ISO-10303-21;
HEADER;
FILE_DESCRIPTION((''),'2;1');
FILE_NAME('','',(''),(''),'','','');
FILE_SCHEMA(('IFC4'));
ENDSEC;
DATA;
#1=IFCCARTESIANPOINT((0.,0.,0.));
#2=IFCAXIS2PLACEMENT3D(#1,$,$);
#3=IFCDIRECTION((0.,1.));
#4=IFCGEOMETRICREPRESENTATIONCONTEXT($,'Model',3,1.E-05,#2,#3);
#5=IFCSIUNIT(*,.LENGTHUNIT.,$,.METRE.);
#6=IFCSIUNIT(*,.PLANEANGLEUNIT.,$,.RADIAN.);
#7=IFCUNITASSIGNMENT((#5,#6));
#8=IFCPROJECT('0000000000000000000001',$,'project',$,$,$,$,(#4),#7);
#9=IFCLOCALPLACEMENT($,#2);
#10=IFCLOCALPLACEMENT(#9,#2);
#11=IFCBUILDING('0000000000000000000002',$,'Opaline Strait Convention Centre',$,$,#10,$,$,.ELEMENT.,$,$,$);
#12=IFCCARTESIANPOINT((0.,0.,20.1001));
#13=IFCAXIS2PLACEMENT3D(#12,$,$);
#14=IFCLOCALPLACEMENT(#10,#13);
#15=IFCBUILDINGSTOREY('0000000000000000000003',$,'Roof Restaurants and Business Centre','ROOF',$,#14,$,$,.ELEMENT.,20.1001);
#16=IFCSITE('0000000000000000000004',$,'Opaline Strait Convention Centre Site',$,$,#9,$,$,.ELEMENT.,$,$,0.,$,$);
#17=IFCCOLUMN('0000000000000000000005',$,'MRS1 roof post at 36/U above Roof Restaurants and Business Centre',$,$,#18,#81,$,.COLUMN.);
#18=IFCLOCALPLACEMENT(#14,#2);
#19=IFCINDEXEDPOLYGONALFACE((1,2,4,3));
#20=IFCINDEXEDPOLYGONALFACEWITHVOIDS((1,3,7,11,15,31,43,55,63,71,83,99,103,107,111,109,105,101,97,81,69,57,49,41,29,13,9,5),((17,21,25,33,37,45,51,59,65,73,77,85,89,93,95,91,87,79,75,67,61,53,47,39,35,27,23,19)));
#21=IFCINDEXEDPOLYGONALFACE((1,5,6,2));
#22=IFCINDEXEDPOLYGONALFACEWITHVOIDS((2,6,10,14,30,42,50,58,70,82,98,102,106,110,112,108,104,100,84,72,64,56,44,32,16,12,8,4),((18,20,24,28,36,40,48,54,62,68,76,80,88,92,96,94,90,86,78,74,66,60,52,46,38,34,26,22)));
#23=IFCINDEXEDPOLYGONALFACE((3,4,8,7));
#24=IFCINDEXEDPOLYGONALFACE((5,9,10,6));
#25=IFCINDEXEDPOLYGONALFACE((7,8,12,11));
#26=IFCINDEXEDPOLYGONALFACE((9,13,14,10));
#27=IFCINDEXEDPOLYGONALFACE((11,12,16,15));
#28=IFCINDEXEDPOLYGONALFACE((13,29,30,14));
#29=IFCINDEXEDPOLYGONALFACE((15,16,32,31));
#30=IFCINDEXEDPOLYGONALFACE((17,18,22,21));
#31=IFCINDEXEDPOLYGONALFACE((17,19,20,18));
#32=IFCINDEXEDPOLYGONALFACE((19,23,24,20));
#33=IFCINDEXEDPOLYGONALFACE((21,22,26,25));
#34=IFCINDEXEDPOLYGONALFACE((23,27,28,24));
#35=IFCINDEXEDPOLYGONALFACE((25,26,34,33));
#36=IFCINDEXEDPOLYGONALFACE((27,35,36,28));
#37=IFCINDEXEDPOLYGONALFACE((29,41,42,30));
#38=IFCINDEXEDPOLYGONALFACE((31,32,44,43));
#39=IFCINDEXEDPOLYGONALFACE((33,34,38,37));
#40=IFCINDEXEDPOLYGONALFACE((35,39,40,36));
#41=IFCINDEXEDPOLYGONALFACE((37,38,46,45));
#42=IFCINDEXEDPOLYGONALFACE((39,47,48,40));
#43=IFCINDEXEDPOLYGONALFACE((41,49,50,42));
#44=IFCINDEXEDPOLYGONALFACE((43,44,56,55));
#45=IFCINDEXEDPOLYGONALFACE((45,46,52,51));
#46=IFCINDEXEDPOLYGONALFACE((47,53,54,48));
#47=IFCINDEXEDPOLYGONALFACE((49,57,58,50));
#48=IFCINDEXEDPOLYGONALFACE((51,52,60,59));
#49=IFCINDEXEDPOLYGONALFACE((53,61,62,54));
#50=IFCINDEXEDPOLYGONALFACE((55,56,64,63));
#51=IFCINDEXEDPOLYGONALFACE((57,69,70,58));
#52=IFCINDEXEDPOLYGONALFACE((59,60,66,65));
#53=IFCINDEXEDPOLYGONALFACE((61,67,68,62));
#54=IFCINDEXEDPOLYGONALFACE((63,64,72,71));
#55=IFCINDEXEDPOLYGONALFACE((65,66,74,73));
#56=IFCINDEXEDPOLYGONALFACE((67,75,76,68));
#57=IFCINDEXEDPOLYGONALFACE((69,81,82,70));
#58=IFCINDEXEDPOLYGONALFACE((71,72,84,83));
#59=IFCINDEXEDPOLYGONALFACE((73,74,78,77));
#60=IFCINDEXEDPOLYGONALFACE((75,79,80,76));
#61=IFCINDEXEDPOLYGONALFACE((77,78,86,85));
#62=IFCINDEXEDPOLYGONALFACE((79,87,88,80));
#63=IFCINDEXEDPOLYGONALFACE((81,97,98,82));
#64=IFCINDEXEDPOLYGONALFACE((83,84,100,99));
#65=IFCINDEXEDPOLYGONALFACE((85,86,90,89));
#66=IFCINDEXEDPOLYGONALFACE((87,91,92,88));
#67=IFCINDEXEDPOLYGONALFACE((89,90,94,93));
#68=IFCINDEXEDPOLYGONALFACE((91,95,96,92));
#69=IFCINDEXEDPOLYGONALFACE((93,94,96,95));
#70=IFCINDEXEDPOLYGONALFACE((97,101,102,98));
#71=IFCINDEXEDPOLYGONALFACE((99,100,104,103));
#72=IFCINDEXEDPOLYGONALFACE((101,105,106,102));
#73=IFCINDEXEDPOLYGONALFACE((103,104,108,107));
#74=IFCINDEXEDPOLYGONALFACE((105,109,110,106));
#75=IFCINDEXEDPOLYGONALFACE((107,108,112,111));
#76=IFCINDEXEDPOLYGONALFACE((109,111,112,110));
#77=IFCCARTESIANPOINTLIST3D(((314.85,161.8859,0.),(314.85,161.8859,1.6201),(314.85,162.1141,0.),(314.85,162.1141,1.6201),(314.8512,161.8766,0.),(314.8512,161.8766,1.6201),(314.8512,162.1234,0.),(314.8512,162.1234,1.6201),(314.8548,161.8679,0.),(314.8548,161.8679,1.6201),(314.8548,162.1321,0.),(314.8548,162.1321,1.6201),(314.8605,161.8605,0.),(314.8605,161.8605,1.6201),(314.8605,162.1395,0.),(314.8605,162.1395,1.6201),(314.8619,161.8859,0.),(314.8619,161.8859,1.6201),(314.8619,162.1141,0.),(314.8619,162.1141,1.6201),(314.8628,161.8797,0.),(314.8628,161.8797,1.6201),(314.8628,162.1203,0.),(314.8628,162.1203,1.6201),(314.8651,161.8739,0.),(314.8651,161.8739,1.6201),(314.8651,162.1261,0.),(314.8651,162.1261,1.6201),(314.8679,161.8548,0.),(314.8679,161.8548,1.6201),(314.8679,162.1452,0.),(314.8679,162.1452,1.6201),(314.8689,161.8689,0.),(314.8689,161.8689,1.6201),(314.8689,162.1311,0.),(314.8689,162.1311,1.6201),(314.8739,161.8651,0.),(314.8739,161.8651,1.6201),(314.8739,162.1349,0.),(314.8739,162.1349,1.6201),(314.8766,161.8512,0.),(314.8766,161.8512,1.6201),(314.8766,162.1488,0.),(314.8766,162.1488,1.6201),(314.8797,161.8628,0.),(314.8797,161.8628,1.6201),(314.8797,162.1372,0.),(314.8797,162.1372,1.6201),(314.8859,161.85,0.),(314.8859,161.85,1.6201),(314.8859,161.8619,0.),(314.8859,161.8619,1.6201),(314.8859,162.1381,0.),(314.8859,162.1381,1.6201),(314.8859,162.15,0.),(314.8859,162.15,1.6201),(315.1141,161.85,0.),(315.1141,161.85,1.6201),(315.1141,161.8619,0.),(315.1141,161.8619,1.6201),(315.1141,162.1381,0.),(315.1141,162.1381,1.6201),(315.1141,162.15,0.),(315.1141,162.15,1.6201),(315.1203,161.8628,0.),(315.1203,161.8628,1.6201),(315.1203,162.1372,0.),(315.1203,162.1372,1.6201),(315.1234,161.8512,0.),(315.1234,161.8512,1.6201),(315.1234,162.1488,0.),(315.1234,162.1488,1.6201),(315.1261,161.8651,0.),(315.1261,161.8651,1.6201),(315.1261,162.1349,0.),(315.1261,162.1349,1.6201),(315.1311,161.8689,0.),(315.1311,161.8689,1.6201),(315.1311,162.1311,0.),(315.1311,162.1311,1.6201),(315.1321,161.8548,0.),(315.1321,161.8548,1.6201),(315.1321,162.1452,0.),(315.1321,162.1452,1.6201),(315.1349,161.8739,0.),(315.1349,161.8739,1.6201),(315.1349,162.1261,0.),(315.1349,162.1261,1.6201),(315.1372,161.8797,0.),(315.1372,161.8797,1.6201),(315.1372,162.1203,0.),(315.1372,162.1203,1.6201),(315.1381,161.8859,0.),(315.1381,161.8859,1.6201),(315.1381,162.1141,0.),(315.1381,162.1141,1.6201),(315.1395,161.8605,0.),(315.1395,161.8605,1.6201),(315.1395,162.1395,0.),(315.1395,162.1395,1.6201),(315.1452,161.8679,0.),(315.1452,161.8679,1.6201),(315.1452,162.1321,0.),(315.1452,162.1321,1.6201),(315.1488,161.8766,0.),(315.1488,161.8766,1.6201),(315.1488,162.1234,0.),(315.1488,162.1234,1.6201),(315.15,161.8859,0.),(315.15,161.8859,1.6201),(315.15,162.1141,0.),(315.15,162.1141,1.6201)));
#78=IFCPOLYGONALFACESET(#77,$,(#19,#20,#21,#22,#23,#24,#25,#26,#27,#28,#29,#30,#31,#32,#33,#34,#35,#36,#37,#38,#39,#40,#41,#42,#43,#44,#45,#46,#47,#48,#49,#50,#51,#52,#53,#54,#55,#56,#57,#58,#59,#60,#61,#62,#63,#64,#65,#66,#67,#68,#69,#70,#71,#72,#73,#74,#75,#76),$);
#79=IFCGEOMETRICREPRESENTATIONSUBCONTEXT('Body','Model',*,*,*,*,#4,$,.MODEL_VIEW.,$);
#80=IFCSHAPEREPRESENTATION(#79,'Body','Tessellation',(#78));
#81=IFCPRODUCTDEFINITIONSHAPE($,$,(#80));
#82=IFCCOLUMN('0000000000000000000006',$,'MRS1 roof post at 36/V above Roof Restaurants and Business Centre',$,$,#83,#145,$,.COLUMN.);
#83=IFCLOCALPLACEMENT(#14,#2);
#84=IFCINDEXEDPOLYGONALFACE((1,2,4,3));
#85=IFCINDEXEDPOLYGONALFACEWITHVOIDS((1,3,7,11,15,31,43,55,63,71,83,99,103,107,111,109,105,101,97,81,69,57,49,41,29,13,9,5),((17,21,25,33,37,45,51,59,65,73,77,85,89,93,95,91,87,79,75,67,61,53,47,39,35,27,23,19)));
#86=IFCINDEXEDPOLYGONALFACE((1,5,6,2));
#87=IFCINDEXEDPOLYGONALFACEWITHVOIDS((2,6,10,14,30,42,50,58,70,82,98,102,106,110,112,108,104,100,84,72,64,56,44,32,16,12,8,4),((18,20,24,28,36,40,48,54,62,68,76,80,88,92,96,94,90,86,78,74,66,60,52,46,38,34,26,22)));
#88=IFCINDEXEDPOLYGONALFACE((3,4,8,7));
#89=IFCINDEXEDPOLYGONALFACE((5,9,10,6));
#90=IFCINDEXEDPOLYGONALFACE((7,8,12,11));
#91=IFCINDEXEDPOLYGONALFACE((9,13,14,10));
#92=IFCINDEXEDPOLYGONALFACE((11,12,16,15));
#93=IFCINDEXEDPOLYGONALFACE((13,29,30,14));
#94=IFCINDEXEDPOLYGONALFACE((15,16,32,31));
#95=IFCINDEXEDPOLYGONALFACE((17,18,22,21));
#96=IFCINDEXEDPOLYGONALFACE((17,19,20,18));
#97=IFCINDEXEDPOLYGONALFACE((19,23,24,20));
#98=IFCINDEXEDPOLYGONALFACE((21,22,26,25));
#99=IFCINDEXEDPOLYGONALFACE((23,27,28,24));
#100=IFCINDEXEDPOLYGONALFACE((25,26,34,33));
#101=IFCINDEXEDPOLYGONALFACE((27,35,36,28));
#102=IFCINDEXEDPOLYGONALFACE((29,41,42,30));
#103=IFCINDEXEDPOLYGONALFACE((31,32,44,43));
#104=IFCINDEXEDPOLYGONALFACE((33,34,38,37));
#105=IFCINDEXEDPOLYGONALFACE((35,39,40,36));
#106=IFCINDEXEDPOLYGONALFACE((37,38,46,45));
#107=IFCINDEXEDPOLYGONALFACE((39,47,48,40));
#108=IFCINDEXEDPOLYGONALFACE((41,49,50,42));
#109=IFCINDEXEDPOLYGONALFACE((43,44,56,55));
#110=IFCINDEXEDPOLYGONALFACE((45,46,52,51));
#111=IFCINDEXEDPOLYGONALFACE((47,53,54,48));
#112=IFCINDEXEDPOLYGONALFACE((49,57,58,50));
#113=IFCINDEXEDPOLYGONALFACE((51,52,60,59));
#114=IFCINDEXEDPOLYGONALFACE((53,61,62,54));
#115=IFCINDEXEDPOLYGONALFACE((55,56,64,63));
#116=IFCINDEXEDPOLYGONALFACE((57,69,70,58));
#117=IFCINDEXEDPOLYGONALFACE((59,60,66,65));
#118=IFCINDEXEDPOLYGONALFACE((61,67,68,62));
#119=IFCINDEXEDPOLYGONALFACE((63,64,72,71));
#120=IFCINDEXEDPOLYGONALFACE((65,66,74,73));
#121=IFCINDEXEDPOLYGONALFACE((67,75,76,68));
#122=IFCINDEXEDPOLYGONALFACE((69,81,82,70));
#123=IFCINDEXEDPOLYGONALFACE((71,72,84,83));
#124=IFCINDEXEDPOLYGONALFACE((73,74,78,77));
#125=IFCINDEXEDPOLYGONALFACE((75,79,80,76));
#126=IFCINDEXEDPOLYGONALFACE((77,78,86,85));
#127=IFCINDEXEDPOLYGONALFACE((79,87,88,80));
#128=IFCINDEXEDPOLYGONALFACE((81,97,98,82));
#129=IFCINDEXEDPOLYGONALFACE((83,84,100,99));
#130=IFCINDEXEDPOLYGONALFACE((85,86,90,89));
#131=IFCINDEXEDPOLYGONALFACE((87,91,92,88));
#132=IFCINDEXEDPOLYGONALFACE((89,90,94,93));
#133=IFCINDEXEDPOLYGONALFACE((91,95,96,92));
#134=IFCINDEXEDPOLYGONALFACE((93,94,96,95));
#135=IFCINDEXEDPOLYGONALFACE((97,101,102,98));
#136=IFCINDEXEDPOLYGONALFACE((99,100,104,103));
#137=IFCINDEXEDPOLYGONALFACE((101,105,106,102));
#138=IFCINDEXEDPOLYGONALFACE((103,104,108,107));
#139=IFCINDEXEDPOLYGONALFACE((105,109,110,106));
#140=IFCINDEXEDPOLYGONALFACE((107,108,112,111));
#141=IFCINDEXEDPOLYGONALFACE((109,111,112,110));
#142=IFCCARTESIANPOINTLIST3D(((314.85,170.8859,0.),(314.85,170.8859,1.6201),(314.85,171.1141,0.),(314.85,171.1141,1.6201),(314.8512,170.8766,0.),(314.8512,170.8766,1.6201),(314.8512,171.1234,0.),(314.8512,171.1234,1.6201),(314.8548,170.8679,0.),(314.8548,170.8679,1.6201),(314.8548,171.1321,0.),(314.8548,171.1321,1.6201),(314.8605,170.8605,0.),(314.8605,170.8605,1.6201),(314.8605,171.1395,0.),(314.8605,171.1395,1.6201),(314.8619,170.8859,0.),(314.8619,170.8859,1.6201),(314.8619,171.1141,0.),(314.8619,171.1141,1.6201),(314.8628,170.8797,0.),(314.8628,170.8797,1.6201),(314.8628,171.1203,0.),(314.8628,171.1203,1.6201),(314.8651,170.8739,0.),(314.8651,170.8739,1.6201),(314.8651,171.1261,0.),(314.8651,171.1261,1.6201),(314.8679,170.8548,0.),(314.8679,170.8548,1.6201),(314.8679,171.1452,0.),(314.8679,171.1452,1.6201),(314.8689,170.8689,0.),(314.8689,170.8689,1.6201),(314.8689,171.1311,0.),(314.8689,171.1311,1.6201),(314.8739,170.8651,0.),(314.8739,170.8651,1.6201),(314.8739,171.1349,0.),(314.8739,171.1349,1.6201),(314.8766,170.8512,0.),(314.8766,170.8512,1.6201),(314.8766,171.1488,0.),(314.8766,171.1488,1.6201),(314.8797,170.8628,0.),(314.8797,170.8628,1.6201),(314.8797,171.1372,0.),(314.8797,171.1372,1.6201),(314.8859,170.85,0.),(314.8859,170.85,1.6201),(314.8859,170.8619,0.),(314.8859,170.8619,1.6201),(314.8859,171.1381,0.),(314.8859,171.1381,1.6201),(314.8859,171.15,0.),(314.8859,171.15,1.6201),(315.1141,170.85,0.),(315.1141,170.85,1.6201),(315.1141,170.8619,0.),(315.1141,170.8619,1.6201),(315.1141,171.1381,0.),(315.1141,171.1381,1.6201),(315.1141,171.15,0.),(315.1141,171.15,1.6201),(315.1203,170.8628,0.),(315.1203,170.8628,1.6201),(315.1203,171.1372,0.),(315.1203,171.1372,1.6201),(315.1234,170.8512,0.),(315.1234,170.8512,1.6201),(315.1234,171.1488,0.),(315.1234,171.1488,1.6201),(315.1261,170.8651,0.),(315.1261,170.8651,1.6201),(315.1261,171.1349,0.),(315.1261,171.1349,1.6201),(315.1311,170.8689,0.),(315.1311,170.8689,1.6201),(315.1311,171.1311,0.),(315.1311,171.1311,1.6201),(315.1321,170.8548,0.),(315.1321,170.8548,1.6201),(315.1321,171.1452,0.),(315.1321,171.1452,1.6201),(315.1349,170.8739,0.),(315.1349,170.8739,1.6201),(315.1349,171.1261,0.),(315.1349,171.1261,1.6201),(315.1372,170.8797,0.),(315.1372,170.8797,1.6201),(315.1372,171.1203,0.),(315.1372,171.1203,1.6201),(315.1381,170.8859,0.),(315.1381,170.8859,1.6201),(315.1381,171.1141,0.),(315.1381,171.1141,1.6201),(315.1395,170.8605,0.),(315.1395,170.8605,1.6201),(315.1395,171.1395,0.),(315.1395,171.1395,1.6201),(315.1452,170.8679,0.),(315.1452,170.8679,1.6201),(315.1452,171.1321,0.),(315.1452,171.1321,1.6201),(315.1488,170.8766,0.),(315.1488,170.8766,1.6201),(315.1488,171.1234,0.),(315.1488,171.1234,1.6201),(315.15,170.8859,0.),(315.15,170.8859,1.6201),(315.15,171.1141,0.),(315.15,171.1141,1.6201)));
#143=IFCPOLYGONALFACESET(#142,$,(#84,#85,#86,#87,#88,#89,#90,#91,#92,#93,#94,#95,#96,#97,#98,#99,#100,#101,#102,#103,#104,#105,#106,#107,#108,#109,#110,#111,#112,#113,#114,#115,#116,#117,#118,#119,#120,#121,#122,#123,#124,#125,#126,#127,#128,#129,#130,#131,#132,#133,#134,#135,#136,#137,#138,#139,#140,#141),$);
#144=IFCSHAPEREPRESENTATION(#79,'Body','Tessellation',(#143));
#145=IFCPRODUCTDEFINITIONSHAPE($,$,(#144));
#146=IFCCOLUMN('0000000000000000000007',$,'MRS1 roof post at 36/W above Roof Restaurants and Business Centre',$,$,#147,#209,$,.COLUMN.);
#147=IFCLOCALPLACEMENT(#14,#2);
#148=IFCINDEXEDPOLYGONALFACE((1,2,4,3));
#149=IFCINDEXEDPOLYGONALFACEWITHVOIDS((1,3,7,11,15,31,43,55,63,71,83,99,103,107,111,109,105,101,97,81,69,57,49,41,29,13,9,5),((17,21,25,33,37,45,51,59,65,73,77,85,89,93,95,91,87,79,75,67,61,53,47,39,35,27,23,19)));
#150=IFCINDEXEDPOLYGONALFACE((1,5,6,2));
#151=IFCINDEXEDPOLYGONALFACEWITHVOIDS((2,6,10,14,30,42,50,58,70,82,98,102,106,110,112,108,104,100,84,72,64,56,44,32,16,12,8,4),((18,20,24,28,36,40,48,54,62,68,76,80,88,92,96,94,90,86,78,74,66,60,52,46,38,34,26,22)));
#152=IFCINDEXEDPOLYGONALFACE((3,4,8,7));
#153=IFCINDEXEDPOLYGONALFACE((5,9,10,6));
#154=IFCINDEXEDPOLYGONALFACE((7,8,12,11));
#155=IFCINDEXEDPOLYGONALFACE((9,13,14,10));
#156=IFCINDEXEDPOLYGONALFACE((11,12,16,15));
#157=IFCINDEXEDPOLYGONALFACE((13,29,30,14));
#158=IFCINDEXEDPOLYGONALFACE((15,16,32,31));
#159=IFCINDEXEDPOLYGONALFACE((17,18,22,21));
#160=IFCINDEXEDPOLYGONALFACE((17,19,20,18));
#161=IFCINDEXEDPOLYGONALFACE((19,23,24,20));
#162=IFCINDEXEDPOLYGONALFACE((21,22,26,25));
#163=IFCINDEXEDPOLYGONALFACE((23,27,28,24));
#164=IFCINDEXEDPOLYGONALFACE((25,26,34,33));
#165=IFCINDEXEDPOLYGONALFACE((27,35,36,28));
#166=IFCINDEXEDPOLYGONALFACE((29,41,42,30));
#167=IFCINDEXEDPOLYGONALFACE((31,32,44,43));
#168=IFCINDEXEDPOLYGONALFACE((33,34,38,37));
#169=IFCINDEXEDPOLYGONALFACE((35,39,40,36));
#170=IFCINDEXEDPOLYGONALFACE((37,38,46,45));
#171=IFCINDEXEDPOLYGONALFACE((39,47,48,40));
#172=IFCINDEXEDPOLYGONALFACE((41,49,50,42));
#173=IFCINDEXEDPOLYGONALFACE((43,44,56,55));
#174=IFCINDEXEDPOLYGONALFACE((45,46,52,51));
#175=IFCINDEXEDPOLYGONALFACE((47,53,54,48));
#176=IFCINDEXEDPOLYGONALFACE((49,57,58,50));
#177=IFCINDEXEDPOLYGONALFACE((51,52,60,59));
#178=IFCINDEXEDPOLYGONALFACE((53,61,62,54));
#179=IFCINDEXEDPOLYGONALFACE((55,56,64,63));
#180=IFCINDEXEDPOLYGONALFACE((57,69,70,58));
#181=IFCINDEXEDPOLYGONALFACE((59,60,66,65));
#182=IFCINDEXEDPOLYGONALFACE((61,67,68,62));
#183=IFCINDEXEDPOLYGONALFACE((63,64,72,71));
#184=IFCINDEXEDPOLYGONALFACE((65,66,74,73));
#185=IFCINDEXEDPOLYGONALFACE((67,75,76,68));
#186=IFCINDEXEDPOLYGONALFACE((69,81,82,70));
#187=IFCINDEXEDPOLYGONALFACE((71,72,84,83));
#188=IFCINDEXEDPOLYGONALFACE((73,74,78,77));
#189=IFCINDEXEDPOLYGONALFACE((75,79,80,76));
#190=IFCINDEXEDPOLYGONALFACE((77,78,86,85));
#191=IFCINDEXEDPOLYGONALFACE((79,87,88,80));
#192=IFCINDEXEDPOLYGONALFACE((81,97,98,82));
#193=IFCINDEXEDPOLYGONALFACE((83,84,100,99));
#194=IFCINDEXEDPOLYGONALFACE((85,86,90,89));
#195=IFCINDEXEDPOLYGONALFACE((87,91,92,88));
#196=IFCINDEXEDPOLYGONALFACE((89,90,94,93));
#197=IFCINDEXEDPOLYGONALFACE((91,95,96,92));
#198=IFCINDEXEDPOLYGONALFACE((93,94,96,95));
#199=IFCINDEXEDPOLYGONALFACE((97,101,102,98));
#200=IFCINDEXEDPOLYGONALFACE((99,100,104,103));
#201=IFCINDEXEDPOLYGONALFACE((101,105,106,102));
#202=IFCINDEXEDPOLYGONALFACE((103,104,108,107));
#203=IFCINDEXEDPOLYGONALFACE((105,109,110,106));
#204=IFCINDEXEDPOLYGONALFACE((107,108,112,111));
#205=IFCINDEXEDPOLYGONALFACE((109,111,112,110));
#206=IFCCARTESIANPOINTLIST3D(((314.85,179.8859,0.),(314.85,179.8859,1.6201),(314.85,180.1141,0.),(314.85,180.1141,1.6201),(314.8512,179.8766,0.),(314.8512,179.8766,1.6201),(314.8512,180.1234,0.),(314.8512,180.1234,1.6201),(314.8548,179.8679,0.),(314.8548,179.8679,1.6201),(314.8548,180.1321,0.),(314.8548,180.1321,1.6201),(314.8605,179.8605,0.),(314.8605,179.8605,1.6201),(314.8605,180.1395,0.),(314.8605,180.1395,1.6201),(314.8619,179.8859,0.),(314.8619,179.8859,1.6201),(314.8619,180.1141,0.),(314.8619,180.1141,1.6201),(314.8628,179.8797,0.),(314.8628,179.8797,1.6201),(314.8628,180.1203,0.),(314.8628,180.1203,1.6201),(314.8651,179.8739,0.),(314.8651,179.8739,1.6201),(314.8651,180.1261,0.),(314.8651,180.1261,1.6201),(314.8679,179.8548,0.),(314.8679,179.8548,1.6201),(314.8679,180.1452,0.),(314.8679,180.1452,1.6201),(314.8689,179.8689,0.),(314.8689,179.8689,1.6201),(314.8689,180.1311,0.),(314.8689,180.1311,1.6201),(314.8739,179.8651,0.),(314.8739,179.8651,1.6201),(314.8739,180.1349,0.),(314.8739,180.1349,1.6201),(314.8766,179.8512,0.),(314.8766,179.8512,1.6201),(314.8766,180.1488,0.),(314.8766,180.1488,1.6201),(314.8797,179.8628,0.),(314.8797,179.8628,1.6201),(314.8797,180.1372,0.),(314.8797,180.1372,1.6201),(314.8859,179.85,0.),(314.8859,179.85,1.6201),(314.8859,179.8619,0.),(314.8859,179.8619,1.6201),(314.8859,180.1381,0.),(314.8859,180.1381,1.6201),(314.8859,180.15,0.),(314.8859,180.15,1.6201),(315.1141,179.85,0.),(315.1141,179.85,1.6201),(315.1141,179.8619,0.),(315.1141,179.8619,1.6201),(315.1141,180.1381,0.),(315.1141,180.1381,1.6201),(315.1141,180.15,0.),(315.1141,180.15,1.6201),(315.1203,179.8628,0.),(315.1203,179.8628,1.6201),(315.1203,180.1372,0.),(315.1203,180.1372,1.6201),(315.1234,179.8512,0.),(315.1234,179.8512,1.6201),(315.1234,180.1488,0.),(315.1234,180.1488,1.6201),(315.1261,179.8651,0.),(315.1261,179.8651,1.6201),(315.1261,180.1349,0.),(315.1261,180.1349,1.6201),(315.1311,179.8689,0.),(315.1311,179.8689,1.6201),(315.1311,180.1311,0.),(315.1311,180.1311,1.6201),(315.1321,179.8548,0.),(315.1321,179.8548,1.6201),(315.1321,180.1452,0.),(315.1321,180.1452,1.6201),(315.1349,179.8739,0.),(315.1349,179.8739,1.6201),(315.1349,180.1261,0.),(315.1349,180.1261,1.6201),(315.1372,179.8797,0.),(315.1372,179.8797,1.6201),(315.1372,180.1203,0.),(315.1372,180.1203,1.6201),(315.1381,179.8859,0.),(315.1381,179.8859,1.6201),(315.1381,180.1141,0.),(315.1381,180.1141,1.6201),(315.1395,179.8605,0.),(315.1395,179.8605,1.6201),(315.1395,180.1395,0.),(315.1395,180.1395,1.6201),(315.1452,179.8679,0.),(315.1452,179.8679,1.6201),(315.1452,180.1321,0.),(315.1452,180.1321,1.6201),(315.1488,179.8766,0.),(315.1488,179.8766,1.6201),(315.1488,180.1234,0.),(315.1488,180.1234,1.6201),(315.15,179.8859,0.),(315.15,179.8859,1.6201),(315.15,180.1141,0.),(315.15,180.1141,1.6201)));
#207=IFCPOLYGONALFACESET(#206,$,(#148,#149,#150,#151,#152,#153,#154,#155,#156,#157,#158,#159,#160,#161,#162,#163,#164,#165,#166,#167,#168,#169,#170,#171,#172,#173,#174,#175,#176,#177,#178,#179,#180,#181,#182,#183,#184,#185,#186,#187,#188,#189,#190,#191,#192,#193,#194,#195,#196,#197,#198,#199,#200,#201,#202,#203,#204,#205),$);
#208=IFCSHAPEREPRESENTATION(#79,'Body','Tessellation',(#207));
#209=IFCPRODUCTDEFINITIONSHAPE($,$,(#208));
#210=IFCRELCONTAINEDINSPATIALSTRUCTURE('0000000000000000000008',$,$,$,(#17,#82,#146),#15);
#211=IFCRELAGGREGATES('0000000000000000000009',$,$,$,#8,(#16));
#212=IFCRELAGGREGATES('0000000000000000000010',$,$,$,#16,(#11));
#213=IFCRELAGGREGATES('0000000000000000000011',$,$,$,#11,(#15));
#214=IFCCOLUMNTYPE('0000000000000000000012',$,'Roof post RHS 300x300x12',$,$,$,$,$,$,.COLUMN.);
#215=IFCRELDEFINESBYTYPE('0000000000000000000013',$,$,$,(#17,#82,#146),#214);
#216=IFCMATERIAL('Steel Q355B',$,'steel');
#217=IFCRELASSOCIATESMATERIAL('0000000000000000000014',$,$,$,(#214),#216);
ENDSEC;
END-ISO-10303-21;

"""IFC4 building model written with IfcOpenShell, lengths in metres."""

from ifc_helpers import new_model, si_unit, direction, frame, origin, origin_2d, place, context, subcontext, project, spatial, hollow_rectangle, extrude, material, material_profile, profile_set, type_object, element, save


model = new_model("IFC4")

# Units and contexts
model_context = context("Model", 3, precision=1e-05, world=origin(), true_north=direction((0.0, 1.0)))
body_context = subcontext(model_context, "Body", "Model", "MODEL_VIEW")
ifc_project = project(units=[si_unit("LENGTHUNIT", "METRE"), si_unit("PLANEANGLEUNIT", "RADIAN")], contexts=[model_context])

# Site, building, storey
site_placement = place(None, origin())
site = spatial("IfcSite", under=ifc_project, at=site_placement, Name="Opaline Strait Convention Centre Site", CompositionType="ELEMENT", RefElevation=0.0)
building_placement = place(site_placement, origin())
building = spatial("IfcBuilding", under=site, at=building_placement, Name="Opaline Strait Convention Centre", CompositionType="ELEMENT")
storey_placement = place(building_placement, frame((0.0, 0.0, 20.1001)))
storey = spatial("IfcBuildingStorey", under=building, at=storey_placement, Name="Roof Restaurants and Business Centre", Description="ROOF", CompositionType="ELEMENT", Elevation=20.1001)

# Columns
ifc_material = material(Name="Steel Q355B", Category="steel")
ifc_material_profile = material_profile(ifc_material, hollow_rectangle(XDim=0.3, YDim=0.3, WallThickness=0.012, InnerFilletRadius=0.0239, OuterFilletRadius=0.0359, at=origin_2d()), Name="RHS 300x300x12")
ifc_profile_set = profile_set([ifc_material_profile], Name="Steel Q355B")
column_type = type_object("IfcColumnType", Name="Roof post RHS 300x300x12", PredefinedType="COLUMN", material=ifc_profile_set)
for number, where, z_axis, x_axis, name in (
    (1, (315.0, 162.0, 0.0), (0.0, 0.0, 1.0), (1.0, 0.0, 0.0), "MRS1 roof post at 36/U above Roof Restaurants and Business Centre"),
    (2, (315.0, 171.0, 0.0), (0.0, 0.0, 1.0), (1.0, 0.0, 0.0), "MRS1 roof post at 36/V above Roof Restaurants and Business Centre"),
    (3, (315.0, 180.0, 0.0), (0.0, 0.0, 1.0), (1.0, 0.0, 0.0), "MRS1 roof post at 36/W above Roof Restaurants and Business Centre"),
):
    element("IfcColumn", number, at=place(storey_placement, frame(where, z_axis=z_axis, x_axis=x_axis)), inside=storey, type_object=column_type, Name=name, PredefinedType="COLUMN", context=body_context, shape_type="SweptSolid", body=[
        extrude(hollow_rectangle(XDim=0.3, YDim=0.3, WallThickness=0.012, InnerFilletRadius=0.0239, OuterFilletRadius=0.0359, at=origin_2d()), origin(), (0.0, 0.0, 1.0), 1.6201),
    ])

save(model, "model.ifc")
